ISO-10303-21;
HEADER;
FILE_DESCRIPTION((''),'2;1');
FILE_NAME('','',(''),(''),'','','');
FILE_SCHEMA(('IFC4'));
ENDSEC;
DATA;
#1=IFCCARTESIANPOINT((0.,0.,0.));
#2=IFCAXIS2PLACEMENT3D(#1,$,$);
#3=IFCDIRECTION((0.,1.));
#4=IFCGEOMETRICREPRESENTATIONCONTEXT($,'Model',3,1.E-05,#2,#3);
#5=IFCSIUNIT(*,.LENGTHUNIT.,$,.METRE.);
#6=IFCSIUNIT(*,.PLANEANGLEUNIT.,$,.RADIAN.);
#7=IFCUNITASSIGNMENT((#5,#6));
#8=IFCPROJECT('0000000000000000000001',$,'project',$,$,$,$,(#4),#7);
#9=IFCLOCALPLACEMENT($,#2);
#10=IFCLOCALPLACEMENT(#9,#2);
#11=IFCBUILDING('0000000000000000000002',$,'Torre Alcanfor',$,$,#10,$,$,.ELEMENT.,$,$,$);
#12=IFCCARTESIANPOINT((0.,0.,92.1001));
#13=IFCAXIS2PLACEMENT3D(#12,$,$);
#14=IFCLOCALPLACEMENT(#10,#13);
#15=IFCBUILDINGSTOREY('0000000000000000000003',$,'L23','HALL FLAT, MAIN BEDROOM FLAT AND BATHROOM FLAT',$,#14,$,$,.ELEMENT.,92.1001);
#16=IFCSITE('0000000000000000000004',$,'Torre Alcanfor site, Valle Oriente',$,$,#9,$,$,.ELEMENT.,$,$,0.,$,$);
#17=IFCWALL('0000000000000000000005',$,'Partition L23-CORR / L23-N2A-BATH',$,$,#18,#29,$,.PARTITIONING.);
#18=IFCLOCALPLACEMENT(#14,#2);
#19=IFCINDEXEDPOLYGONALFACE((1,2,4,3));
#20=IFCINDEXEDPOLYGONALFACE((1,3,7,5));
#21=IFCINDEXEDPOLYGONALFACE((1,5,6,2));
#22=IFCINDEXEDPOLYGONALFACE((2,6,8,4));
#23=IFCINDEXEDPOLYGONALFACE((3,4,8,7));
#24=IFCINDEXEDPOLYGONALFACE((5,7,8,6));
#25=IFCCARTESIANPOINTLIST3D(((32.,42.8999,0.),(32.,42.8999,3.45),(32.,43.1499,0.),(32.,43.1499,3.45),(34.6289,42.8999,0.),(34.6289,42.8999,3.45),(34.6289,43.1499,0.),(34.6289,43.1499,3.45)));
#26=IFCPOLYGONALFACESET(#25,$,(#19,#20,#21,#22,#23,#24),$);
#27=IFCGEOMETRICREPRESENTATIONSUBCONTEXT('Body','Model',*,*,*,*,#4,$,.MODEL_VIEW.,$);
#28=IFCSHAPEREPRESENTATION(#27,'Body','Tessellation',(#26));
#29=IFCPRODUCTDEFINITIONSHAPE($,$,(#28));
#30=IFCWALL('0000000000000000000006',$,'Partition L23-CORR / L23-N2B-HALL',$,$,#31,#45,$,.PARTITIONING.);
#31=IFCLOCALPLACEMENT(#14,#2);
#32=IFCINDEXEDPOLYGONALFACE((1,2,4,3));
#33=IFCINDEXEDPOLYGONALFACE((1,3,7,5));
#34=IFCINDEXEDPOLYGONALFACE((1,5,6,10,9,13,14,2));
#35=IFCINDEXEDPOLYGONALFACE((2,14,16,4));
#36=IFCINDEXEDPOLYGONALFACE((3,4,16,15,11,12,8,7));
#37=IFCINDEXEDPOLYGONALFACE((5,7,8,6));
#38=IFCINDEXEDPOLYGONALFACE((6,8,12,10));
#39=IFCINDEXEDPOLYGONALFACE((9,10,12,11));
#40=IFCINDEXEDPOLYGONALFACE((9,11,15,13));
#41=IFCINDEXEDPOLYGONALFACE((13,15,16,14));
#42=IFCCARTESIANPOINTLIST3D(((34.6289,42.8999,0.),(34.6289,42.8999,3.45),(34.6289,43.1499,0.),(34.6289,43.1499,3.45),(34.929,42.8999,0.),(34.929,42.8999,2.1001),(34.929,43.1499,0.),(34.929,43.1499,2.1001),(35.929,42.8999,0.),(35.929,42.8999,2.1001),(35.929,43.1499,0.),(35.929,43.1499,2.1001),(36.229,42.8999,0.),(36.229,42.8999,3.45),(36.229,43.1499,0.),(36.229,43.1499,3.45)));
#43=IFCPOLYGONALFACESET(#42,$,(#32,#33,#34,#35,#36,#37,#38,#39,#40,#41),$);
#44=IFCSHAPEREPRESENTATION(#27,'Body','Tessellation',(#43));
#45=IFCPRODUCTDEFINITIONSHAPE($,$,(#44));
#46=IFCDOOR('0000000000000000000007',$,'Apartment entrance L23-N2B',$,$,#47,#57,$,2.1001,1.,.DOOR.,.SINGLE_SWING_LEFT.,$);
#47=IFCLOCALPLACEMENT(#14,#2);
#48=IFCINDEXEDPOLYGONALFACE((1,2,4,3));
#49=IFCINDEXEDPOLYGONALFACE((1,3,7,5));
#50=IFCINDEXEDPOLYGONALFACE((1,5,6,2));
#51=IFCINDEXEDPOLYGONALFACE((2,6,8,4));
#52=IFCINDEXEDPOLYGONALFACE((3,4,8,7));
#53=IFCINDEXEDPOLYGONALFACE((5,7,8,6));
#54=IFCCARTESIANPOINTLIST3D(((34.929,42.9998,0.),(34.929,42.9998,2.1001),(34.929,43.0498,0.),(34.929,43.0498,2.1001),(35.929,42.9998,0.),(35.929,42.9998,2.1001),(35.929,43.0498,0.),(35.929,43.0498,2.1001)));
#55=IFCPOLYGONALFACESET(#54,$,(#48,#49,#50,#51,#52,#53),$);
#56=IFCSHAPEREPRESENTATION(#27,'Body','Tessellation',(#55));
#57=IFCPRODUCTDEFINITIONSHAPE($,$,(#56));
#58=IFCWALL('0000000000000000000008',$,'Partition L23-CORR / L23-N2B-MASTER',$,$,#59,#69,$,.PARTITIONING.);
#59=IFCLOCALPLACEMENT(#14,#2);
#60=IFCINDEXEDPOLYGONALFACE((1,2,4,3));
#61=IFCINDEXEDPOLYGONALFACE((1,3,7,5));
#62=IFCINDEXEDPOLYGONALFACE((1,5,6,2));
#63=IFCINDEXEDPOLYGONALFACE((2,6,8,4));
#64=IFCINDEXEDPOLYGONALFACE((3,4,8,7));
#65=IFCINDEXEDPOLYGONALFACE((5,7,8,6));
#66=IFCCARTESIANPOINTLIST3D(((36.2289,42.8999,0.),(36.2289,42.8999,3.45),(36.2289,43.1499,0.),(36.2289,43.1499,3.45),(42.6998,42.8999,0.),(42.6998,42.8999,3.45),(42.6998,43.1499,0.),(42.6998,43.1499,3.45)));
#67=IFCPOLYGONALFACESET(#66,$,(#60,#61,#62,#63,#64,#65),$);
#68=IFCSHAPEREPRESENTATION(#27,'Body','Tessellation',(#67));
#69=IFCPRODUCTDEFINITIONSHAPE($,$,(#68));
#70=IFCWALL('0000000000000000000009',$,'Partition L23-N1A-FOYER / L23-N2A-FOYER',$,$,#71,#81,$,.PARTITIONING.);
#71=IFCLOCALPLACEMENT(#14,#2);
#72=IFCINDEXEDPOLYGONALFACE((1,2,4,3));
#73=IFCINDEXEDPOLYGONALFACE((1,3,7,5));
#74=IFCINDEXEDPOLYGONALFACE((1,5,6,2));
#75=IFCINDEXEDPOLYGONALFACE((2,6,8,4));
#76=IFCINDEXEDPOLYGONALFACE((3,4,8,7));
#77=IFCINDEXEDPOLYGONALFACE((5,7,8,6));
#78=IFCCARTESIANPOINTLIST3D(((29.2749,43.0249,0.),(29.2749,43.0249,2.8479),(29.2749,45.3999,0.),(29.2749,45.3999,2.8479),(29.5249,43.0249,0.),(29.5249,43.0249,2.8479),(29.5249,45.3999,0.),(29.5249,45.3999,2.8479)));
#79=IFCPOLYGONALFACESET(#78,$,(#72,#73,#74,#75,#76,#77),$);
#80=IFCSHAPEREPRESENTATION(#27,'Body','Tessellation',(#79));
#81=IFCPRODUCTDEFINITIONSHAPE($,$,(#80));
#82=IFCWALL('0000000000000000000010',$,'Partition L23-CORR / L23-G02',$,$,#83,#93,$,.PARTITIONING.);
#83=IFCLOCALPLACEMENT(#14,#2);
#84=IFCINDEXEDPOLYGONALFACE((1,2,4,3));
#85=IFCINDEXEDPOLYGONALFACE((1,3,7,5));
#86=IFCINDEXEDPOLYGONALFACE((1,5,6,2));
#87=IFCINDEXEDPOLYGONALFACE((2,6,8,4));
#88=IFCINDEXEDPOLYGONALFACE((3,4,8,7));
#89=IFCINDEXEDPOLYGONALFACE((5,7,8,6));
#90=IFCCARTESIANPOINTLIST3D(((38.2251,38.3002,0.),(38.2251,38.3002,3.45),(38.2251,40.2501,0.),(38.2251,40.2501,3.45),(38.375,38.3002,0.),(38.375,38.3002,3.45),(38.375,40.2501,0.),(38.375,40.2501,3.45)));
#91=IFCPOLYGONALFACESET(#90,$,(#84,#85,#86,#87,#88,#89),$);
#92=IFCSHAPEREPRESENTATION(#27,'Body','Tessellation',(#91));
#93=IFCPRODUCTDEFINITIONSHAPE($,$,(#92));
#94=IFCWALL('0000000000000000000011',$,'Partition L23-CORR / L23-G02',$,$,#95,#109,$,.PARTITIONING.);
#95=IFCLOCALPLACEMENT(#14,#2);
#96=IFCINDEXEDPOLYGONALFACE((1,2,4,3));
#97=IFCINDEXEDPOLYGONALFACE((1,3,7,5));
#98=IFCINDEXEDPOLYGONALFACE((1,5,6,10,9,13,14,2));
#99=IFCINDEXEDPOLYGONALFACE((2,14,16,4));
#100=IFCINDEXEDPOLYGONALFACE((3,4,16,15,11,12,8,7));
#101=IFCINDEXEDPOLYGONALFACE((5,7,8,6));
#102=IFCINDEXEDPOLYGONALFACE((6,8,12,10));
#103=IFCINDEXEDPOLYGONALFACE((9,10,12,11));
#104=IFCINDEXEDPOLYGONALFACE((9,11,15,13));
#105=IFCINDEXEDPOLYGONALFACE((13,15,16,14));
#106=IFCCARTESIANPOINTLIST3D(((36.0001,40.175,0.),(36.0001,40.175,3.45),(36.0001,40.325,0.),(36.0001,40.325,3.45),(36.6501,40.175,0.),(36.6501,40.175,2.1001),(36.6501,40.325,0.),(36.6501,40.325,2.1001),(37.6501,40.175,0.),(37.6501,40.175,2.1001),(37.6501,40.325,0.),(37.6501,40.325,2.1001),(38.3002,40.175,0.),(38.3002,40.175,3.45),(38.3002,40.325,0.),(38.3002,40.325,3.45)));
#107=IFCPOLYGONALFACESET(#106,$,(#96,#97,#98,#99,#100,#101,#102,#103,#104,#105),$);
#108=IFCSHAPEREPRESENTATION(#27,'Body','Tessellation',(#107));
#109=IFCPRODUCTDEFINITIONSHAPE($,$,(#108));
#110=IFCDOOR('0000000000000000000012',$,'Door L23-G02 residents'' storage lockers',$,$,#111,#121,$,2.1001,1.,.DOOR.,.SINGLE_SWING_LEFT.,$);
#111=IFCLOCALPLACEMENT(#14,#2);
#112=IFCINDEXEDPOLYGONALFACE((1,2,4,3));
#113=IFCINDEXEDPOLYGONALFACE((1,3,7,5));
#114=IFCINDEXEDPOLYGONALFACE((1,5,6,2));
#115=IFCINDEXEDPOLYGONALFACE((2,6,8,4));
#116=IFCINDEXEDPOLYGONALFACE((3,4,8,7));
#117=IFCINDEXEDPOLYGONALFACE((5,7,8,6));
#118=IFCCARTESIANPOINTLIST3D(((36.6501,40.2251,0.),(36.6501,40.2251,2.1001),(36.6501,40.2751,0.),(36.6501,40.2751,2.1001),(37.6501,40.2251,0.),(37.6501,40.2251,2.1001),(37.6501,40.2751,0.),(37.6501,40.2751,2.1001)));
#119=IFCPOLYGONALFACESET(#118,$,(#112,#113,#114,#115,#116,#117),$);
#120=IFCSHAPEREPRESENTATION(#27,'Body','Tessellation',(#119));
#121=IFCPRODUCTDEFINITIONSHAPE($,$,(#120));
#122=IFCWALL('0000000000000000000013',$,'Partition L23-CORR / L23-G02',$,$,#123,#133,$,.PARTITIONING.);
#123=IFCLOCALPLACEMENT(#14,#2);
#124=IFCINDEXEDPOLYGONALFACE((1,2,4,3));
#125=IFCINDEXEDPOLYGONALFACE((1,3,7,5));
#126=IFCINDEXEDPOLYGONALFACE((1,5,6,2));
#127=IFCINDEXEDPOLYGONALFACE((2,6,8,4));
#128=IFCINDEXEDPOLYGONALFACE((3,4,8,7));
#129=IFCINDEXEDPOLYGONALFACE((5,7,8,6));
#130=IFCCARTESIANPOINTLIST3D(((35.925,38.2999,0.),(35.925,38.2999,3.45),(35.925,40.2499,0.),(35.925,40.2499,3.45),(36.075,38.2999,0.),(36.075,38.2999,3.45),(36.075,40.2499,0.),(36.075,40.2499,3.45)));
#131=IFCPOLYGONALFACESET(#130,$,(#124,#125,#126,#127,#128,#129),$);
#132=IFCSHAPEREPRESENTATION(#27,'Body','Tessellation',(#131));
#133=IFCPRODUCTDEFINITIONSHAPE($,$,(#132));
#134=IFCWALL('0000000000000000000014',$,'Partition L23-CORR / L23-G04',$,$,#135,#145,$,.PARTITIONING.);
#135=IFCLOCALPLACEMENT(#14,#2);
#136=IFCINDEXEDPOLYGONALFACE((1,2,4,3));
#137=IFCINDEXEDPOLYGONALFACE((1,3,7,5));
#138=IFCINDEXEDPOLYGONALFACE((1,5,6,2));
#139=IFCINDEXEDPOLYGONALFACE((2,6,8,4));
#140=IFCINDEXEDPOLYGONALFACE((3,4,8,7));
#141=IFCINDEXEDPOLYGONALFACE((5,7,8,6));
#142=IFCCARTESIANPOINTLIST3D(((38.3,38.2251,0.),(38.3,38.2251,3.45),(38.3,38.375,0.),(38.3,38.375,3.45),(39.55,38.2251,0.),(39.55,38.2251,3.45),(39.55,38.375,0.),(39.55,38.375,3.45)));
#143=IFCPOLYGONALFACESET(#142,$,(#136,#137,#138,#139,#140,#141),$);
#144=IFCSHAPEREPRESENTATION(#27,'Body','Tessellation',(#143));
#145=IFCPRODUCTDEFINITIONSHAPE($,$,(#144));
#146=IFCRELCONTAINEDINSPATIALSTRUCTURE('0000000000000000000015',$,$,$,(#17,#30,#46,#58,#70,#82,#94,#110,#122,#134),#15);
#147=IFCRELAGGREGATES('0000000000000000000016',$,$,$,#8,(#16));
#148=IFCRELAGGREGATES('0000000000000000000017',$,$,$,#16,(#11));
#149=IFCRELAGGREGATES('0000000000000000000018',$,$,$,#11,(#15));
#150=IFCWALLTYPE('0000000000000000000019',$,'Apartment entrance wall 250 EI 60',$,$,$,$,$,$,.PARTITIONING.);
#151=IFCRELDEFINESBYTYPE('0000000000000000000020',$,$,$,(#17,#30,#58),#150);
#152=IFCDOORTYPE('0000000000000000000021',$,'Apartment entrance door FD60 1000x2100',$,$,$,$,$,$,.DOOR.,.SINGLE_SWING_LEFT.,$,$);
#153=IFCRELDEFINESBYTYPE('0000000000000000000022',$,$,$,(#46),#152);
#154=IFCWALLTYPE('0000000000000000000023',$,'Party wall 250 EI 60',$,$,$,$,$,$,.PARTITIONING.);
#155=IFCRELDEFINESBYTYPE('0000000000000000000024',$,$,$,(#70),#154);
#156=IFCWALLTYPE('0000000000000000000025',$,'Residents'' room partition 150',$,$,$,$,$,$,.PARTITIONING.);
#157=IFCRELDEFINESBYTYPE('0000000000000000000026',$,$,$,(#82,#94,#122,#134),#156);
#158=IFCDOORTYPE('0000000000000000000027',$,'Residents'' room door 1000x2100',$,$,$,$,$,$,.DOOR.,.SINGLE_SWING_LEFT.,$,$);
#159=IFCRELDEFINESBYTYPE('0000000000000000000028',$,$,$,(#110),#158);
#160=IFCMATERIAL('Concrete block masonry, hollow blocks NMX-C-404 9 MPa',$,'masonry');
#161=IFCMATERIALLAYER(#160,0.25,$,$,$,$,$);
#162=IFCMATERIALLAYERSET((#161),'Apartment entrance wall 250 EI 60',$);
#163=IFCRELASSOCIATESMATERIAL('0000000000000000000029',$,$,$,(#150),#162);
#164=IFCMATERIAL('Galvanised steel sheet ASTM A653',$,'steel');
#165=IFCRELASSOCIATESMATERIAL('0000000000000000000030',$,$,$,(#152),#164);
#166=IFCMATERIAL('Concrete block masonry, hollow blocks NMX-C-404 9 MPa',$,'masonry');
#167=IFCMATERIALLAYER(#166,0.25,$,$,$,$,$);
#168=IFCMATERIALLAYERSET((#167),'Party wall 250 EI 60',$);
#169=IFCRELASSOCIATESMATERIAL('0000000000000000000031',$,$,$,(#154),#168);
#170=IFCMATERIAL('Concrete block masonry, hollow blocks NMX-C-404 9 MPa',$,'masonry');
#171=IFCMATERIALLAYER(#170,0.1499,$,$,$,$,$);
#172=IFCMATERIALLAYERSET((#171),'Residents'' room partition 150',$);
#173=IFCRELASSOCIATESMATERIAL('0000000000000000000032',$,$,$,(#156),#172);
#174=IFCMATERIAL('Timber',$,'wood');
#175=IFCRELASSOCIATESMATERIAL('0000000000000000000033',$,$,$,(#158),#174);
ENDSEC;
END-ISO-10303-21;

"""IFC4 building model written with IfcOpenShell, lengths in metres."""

from ifc_helpers import new_model, si_unit, direction, frame, frame_2d, origin, place, context, subcontext, project, spatial, rectangle, extrude, material, layer, layer_set, type_object, element, fill, save


model = new_model("IFC4")

# Units and contexts
model_context = context("Model", 3, precision=1e-05, world=origin(), true_north=direction((0.0, 1.0)))
body_context = subcontext(model_context, "Body", "Model", "MODEL_VIEW")
ifc_project = project(units=[si_unit("LENGTHUNIT", "METRE"), si_unit("PLANEANGLEUNIT", "RADIAN")], contexts=[model_context])

# Site, building, storey
site_placement = place(None, origin())
site = spatial("IfcSite", under=ifc_project, at=site_placement, Name="Torre Alcanfor site, Valle Oriente", CompositionType="ELEMENT", RefElevation=0.0)
building_placement = place(site_placement, origin())
building = spatial("IfcBuilding", under=site, at=building_placement, Name="Torre Alcanfor", CompositionType="ELEMENT")
storey_placement = place(building_placement, frame((0.0, 0.0, 92.1001)))
storey = spatial("IfcBuildingStorey", under=building, at=storey_placement, Name="L23", Description="HALL FLAT, MAIN BEDROOM FLAT AND BATHROOM FLAT", CompositionType="ELEMENT", Elevation=92.1001)

# Shared definitions
ifc_material_1 = material(Name="Concrete block masonry, hollow blocks NMX-C-404 9 MPa", Category="masonry")
ifc_layer_1 = layer(ifc_material_1, 0.25)
ifc_layer_set_1 = layer_set([ifc_layer_1], Name="Apartment entrance wall 250 EI 60")
wall_type_1 = type_object("IfcWallType", Name="Apartment entrance wall 250 EI 60", PredefinedType="PARTITIONING", material=ifc_layer_set_1)
ifc_material_2 = material(Name="Galvanised steel sheet ASTM A653", Category="steel")
door_type_1 = type_object("IfcDoorType", Name="Apartment entrance door FD60 1000x2100", OperationType="SINGLE_SWING_LEFT", PredefinedType="DOOR", material=ifc_material_2)

# Wall
wall_1_placement = place(storey_placement, frame((32.0, 43.0249, 0.0), z_axis=(0.0, 0.0, 1.0), x_axis=(1.0, 0.0, 0.0)))
element("IfcWall", 1, at=wall_1_placement, inside=storey, type_object=wall_type_1, Name="Partition L23-CORR / L23-N2A-BATH", PredefinedType="PARTITIONING", context=body_context, shape_type="SweptSolid", body=[
    extrude(rectangle(XDim=2.6289, YDim=0.25, at=frame_2d((1.3145, 0.0))), origin(), (0.0, 0.0, 1.0), 3.45),
])

# Wall, opening, door
wall_2_placement = place(storey_placement, frame((34.6289, 43.0249, 0.0), z_axis=(0.0, 0.0, 1.0), x_axis=(1.0, 0.0, 0.0)))
wall_2 = element("IfcWall", 2, at=wall_2_placement, inside=storey, type_object=wall_type_1, Name="Partition L23-CORR / L23-N2B-HALL", PredefinedType="PARTITIONING", context=body_context, shape_type="SweptSolid", body=[
    extrude(rectangle(XDim=1.6001, YDim=0.25, at=frame_2d((0.8, 0.0))), origin(), (0.0, 0.0, 1.0), 3.45),
])
opening_1_placement = place(wall_2_placement, frame((0.3, 0.0, 0.0)))
opening_1 = element("IfcOpeningElement", 3, at=opening_1_placement, cuts=wall_2, PredefinedType="OPENING", context=body_context, shape_type="SweptSolid", body=[
    extrude(rectangle(XDim=1.0, YDim=2.1001, at=frame_2d((0.5, 1.05))), frame((0.0, 0.135, 0.0), z_axis=(0.0, -1.0, 0.0), x_axis=(1.0, 0.0, 0.0)), (0.0, 0.0, 1.0), 0.27),
])
door_1_placement = place(opening_1_placement, origin())
door_1 = element("IfcDoor", 4, at=door_1_placement, inside=storey, type_object=door_type_1, Name="Apartment entrance L23-N2B", OperationType="SINGLE_SWING_LEFT", OverallHeight=2.1001, OverallWidth=1.0, PredefinedType="DOOR", context=body_context, shape_type="SweptSolid", body=[
    extrude(rectangle(XDim=1.0, YDim=2.1001, at=frame_2d((0.5, 1.05))), frame((0.0, 0.0249, 0.0), z_axis=(0.0, -1.0, 0.0), x_axis=(1.0, 0.0, 0.0)), (0.0, 0.0, 1.0), 0.05),
])
fill(opening_1, door_1)

# Walls
wall_3_placement = place(storey_placement, frame((36.229, 43.0249, 0.0), z_axis=(0.0, 0.0, 1.0), x_axis=(1.0, 0.0, 0.0)))
element("IfcWall", 5, at=wall_3_placement, inside=storey, type_object=wall_type_1, Name="Partition L23-CORR / L23-N2B-MASTER", PredefinedType="PARTITIONING", context=body_context, shape_type="SweptSolid", body=[
    extrude(rectangle(XDim=6.4709, YDim=0.25, at=frame_2d((3.2354, 0.0))), origin(), (0.0, 0.0, 1.0), 3.45),
])
ifc_material_3 = material(Name="Concrete block masonry, hollow blocks NMX-C-404 9 MPa", Category="masonry")
ifc_layer_2 = layer(ifc_material_3, 0.25)
ifc_layer_set_2 = layer_set([ifc_layer_2], Name="Party wall 250 EI 60")
wall_type_2 = type_object("IfcWallType", Name="Party wall 250 EI 60", PredefinedType="PARTITIONING", material=ifc_layer_set_2)
wall_4_placement = place(storey_placement, frame((29.3999, 43.0249, 0.0), z_axis=(0.0, 0.0, 1.0), x_axis=(0.0, 1.0, 0.0)))
element("IfcWall", 6, at=wall_4_placement, inside=storey, type_object=wall_type_2, Name="Partition L23-N1A-FOYER / L23-N2A-FOYER", PredefinedType="PARTITIONING", context=body_context, shape_type="SweptSolid", body=[
    extrude(rectangle(XDim=2.375, YDim=0.25, at=frame_2d((1.1875, 0.0))), origin(), (0.0, 0.0, 1.0), 2.8479),
])
ifc_material_4 = material(Name="Concrete block masonry, hollow blocks NMX-C-404 9 MPa", Category="masonry")
ifc_layer_3 = layer(ifc_material_4, 0.1499)
ifc_layer_set_3 = layer_set([ifc_layer_3], Name="Residents' room partition 150")
wall_type_3 = type_object("IfcWallType", Name="Residents' room partition 150", PredefinedType="PARTITIONING", material=ifc_layer_set_3)
wall_5_placement = place(storey_placement, frame((38.3, 38.3, 0.0), z_axis=(0.0, 0.0, 1.0), x_axis=(0.0, 1.0, 0.0)))
element("IfcWall", 7, at=wall_5_placement, inside=storey, type_object=wall_type_3, Name="Partition L23-CORR / L23-G02", PredefinedType="PARTITIONING", context=body_context, shape_type="SweptSolid", body=[
    extrude(rectangle(XDim=1.95, YDim=0.1499, at=frame_2d((0.9751, 0.0))), origin(), (0.0, 0.0, 1.0), 3.45),
])

# Wall, opening, door
wall_6_placement = place(storey_placement, frame((38.3, 40.25, 0.0), z_axis=(0.0, 0.0, 1.0), x_axis=(-1.0, 0.0, 0.0)))
wall_6 = element("IfcWall", 8, at=wall_6_placement, inside=storey, type_object=wall_type_3, Name="Partition L23-CORR / L23-G02", PredefinedType="PARTITIONING", context=body_context, shape_type="SweptSolid", body=[
    extrude(rectangle(XDim=2.3, YDim=0.1499, at=frame_2d((1.1499, 0.0))), origin(), (0.0, 0.0, 1.0), 3.45),
])
opening_2_placement = place(wall_6_placement, frame((0.6499, 0.0, 0.0)))
opening_2 = element("IfcOpeningElement", 9, at=opening_2_placement, cuts=wall_6, PredefinedType="OPENING", context=body_context, shape_type="SweptSolid", body=[
    extrude(rectangle(XDim=1.0, YDim=2.1001, at=frame_2d((0.5, 1.05))), frame((0.0, 0.085, 0.0), z_axis=(0.0, -1.0, 0.0), x_axis=(1.0, 0.0, 0.0)), (0.0, 0.0, 1.0), 0.1699),
])
ifc_material_5 = material(Name="Timber", Category="wood")
door_type_2 = type_object("IfcDoorType", Name="Residents' room door 1000x2100", OperationType="SINGLE_SWING_LEFT", PredefinedType="DOOR", material=ifc_material_5)
door_2_placement = place(opening_2_placement, origin())
door_2 = element("IfcDoor", 10, at=door_2_placement, inside=storey, type_object=door_type_2, Name="Door L23-G02 residents' storage lockers", OperationType="SINGLE_SWING_LEFT", OverallHeight=2.1001, OverallWidth=1.0, PredefinedType="DOOR", context=body_context, shape_type="SweptSolid", body=[
    extrude(rectangle(XDim=1.0, YDim=2.1001, at=frame_2d((0.5, 1.05))), frame((0.0, 0.0249, 0.0), z_axis=(0.0, -1.0, 0.0), x_axis=(1.0, 0.0, 0.0)), (0.0, 0.0, 1.0), 0.05),
])
fill(opening_2, door_2)

# Walls
wall_7_placement = place(storey_placement, frame((36.0, 40.25, 0.0), z_axis=(0.0, 0.0, 1.0), x_axis=(0.0, -1.0, 0.0)))
element("IfcWall", 11, at=wall_7_placement, inside=storey, type_object=wall_type_3, Name="Partition L23-CORR / L23-G02", PredefinedType="PARTITIONING", context=body_context, shape_type="SweptSolid", body=[
    extrude(rectangle(XDim=1.95, YDim=0.1499, at=frame_2d((0.9751, 0.0))), origin(), (0.0, 0.0, 1.0), 3.45),
])
wall_8_placement = place(storey_placement, frame((39.55, 38.3, 0.0), z_axis=(0.0, 0.0, 1.0), x_axis=(-1.0, 0.0, 0.0)))
element("IfcWall", 12, at=wall_8_placement, inside=storey, type_object=wall_type_3, Name="Partition L23-CORR / L23-G04", PredefinedType="PARTITIONING", context=body_context, shape_type="SweptSolid", body=[
    extrude(rectangle(XDim=1.25, YDim=0.1499, at=frame_2d((0.625, 0.0))), origin(), (0.0, 0.0, 1.0), 3.45),
])

save(model, "model.ifc")
